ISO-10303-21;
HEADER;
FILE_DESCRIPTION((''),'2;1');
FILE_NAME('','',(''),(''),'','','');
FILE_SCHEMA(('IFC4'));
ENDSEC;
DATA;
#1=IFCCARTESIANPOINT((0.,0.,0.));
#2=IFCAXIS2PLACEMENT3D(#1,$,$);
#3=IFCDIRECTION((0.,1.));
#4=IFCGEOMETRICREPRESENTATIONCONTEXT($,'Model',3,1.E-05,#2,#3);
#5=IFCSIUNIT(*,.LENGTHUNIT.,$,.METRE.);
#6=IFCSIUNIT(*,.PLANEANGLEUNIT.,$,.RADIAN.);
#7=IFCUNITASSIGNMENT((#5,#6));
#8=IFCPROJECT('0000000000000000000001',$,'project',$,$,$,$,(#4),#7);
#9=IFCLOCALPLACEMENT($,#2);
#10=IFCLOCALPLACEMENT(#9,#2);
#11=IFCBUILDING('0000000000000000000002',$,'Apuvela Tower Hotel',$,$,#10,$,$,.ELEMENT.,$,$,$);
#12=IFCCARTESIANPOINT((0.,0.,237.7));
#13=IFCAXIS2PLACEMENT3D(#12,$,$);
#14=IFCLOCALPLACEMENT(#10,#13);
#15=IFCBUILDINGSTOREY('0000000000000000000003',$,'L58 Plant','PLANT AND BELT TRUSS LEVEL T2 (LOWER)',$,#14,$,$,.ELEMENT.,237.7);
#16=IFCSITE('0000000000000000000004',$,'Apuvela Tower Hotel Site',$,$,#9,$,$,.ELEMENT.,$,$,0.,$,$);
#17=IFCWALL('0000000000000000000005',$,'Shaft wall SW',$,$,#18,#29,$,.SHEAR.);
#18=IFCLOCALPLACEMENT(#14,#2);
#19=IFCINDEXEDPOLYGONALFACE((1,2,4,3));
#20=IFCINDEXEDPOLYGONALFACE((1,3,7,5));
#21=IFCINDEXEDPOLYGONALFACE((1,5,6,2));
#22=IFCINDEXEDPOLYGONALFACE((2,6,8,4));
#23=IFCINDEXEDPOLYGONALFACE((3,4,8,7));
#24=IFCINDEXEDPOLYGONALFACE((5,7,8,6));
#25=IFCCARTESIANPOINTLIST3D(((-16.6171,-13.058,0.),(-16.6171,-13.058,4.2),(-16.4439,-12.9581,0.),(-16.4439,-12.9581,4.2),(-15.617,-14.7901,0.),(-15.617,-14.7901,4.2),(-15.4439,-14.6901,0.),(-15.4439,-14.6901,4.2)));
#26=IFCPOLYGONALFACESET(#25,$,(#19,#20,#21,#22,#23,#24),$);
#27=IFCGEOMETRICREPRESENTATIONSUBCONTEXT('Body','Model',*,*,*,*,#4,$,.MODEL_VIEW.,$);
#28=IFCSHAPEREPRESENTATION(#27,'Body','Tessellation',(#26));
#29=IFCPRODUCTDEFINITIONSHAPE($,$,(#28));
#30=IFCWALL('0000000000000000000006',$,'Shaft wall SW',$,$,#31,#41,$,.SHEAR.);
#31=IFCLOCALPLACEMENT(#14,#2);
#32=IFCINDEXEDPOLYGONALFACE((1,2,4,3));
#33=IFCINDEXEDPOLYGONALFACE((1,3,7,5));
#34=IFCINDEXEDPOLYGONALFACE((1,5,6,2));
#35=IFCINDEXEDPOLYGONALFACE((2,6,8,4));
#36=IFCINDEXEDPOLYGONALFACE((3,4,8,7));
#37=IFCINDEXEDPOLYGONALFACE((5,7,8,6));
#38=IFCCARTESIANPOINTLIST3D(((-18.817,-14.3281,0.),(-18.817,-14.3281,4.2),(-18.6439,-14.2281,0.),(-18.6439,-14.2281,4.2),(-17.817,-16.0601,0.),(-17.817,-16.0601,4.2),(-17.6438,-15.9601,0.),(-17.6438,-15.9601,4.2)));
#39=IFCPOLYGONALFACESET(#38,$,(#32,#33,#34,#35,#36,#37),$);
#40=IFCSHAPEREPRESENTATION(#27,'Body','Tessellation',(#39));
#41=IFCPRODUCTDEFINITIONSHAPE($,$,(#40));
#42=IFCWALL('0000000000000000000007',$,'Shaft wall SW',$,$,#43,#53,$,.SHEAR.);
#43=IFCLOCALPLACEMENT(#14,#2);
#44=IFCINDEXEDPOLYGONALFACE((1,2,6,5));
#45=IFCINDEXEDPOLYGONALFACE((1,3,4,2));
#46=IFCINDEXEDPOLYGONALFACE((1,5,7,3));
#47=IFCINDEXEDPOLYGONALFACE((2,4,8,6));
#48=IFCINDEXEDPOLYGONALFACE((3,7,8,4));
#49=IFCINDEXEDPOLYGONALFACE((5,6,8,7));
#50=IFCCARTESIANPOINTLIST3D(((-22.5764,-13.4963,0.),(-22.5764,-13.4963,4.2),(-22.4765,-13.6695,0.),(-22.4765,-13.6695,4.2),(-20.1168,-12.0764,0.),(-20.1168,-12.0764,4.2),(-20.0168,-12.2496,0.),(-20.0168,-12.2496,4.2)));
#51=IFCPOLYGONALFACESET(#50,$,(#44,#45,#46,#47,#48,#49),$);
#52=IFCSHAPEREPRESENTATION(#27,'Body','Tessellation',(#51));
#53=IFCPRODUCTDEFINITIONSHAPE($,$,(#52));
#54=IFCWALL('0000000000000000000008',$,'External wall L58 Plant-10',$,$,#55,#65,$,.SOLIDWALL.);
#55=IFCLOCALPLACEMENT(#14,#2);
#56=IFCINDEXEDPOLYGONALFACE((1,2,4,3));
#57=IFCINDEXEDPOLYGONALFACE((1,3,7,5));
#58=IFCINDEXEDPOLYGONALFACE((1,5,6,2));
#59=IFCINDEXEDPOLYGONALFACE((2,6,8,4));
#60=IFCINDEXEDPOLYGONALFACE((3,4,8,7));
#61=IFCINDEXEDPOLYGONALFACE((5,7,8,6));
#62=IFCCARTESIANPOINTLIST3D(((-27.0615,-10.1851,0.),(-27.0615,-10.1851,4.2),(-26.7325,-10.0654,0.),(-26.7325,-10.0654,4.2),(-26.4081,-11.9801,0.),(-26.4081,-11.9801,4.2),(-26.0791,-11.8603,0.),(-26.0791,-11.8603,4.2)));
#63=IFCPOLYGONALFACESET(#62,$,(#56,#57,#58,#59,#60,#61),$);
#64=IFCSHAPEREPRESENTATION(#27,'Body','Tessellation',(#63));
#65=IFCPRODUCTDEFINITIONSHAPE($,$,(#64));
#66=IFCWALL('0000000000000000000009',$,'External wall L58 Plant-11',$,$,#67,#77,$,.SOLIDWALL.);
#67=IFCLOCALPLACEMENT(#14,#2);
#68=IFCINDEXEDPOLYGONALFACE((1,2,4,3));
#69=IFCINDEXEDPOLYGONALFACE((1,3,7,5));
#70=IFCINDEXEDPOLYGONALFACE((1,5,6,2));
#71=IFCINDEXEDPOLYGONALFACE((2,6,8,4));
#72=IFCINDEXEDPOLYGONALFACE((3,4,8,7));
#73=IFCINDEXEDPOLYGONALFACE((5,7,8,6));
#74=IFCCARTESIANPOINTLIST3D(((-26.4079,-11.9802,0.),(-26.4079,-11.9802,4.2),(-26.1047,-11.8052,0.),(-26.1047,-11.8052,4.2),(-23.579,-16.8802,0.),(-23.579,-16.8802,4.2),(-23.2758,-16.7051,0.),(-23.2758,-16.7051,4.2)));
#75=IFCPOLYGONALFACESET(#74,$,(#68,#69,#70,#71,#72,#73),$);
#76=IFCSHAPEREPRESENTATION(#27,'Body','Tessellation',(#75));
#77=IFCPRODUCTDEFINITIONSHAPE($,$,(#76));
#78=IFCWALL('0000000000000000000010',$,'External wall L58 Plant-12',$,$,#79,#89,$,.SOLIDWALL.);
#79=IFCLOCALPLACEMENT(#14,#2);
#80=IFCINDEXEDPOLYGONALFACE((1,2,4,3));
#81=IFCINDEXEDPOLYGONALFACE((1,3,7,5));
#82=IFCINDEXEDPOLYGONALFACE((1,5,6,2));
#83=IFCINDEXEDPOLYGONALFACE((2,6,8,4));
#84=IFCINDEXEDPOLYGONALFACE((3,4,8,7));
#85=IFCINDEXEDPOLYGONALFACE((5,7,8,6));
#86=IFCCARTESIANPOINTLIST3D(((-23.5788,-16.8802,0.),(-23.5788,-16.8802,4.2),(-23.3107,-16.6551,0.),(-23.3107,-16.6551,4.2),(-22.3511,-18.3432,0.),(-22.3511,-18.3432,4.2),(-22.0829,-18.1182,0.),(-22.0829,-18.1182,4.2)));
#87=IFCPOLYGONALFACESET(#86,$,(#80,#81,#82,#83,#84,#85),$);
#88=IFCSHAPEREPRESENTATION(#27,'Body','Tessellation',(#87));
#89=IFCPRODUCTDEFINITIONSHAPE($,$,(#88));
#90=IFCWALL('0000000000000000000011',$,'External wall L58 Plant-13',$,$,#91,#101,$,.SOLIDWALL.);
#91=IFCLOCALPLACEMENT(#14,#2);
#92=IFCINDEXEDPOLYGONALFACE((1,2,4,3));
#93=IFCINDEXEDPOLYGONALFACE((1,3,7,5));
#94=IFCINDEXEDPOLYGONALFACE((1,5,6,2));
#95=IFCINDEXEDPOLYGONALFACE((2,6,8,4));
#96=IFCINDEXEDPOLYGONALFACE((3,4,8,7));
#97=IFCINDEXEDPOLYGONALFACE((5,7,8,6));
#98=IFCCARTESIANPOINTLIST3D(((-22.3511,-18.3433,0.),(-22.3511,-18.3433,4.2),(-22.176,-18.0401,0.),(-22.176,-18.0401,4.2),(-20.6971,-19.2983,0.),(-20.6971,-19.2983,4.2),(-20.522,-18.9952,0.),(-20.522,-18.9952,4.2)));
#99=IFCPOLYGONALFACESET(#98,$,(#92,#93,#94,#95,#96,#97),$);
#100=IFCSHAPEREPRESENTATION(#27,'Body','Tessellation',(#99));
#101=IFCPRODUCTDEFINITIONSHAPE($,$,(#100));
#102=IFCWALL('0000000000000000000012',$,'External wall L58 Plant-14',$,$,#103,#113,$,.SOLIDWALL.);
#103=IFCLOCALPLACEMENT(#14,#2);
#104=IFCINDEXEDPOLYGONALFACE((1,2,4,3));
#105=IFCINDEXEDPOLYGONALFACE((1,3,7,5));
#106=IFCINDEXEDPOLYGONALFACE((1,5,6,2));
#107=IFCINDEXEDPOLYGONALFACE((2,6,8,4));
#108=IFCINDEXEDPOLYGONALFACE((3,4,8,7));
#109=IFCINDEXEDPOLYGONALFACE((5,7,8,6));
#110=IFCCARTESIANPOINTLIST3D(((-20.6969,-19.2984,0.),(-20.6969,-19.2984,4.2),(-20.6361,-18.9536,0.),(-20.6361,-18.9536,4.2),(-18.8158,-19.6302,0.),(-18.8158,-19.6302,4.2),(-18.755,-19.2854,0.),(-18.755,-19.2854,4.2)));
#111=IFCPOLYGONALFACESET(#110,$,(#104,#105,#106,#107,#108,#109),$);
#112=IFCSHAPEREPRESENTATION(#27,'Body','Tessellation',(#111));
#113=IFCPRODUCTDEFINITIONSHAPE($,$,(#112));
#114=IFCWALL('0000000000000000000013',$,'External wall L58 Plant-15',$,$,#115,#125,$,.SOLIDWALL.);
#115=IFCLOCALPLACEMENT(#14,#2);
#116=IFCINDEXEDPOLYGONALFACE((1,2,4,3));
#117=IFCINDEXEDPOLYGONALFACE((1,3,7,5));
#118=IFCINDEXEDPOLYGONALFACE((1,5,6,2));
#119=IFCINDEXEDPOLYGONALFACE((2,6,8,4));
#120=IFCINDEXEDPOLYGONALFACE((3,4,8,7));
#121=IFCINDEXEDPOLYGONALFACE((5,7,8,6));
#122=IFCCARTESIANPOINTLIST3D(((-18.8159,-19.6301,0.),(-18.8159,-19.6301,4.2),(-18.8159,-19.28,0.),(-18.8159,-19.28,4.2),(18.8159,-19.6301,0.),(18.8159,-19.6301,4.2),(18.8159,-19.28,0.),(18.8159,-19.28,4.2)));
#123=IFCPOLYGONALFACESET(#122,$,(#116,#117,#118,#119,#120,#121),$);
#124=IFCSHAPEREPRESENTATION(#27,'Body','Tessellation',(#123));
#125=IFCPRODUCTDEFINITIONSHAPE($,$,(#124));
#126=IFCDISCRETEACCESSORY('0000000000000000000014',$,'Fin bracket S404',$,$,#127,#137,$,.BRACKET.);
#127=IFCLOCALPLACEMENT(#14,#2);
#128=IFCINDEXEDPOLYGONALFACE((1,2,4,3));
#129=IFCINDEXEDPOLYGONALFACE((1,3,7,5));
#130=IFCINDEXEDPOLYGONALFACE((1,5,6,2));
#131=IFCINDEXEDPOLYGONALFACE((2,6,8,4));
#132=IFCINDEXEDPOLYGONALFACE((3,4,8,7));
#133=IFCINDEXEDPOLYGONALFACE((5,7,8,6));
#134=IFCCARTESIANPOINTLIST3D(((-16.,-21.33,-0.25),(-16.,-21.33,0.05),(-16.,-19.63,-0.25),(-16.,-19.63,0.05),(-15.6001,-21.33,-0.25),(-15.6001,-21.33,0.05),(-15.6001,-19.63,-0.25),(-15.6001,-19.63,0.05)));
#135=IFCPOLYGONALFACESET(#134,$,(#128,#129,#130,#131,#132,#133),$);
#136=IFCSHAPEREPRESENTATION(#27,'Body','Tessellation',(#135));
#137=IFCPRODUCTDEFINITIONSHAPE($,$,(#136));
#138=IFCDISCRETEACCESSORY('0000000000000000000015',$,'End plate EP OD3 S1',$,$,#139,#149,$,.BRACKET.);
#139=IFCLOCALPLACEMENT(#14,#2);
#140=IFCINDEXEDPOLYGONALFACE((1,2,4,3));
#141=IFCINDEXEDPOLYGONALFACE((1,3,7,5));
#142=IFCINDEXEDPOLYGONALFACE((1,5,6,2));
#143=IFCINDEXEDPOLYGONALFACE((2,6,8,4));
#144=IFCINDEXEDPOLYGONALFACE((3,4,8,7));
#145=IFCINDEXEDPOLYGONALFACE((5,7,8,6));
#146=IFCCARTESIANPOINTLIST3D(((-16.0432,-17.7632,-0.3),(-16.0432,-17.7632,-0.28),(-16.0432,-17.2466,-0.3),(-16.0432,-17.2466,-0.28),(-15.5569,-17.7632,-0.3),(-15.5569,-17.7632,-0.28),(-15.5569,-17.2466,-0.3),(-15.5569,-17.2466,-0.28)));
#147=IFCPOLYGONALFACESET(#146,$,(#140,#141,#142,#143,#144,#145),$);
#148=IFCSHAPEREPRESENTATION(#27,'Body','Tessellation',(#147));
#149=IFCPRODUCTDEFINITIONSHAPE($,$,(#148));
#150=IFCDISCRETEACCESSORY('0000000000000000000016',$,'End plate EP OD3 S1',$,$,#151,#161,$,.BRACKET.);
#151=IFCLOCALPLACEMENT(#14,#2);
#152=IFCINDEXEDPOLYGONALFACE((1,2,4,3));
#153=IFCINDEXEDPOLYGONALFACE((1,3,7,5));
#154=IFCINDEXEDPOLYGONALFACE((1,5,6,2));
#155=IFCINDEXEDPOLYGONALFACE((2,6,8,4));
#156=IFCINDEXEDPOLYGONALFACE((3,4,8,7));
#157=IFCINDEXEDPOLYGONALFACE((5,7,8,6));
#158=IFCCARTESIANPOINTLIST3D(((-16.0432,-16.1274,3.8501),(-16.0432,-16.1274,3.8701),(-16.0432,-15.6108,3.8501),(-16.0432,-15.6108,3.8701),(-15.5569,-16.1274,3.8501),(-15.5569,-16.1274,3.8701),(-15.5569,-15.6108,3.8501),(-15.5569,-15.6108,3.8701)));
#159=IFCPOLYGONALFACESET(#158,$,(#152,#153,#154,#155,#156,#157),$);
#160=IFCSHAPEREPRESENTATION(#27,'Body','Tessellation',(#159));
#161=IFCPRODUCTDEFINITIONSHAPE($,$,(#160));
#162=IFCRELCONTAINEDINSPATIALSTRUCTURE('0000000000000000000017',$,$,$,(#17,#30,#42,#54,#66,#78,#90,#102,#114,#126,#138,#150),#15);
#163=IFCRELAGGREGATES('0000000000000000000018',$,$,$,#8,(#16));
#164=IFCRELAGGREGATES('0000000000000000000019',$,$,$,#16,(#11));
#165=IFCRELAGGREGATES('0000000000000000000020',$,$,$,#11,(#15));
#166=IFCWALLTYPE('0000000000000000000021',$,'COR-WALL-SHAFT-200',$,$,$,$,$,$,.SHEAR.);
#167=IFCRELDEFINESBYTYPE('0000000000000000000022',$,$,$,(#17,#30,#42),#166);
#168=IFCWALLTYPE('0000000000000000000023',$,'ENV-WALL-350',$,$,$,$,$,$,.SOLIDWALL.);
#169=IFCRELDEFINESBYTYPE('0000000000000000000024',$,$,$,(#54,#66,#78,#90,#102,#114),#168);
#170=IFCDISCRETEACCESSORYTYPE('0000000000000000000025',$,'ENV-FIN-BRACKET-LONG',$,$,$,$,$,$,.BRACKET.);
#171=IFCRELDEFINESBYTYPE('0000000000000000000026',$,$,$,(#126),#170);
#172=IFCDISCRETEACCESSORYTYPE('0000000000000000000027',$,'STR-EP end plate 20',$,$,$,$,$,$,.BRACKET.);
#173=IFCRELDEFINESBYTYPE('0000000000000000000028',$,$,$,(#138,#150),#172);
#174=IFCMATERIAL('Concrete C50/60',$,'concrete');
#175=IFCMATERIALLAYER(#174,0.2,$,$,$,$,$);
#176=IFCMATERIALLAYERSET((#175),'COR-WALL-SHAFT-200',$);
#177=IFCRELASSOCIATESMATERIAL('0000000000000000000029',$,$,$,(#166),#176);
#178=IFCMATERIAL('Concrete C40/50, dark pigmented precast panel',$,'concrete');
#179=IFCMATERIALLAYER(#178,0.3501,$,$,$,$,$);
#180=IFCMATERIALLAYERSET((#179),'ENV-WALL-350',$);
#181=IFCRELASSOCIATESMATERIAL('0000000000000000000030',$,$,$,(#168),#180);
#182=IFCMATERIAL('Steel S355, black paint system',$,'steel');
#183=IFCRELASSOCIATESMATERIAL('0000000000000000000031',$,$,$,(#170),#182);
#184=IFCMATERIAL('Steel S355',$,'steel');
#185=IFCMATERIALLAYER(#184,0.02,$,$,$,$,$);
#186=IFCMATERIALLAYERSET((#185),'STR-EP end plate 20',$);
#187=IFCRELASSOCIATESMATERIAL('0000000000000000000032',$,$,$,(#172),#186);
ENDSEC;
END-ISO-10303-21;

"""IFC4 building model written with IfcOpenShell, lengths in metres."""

from ifc_helpers import new_model, si_unit, direction, frame, frame_2d, origin, origin_2d, place, context, subcontext, project, spatial, rectangle, extrude, material, layer, layer_set, type_object, element, save


model = new_model("IFC4")

# Units and contexts
model_context = context("Model", 3, precision=1e-05, world=origin(), true_north=direction((0.0, 1.0)))
body_context = subcontext(model_context, "Body", "Model", "MODEL_VIEW")
ifc_project = project(units=[si_unit("LENGTHUNIT", "METRE"), si_unit("PLANEANGLEUNIT", "RADIAN")], contexts=[model_context])

# Site, building, storey
site_placement = place(None, origin())
site = spatial("IfcSite", under=ifc_project, at=site_placement, Name="Apuvela Tower Hotel Site", CompositionType="ELEMENT", RefElevation=0.0)
building_placement = place(site_placement, origin())
building = spatial("IfcBuilding", under=site, at=building_placement, Name="Apuvela Tower Hotel", CompositionType="ELEMENT")
storey_placement = place(building_placement, frame((0.0, 0.0, 237.7)))
storey = spatial("IfcBuildingStorey", under=building, at=storey_placement, Name="L58 Plant", Description="PLANT AND BELT TRUSS LEVEL T2 (LOWER)", CompositionType="ELEMENT", Elevation=237.7)

# Shared definitions
ifc_material_1 = material(Name="Steel S355", Category="steel")

# Shared definitions
ifc_material_2 = material(Name="Concrete C50/60", Category="concrete")
ifc_layer_1 = layer(ifc_material_2, 0.2)
ifc_layer_set_1 = layer_set([ifc_layer_1], Name="COR-WALL-SHAFT-200")
wall_type_1 = type_object("IfcWallType", Name="COR-WALL-SHAFT-200", PredefinedType="SHEAR", material=ifc_layer_set_1)

# Walls
for number, where, z_axis, x_axis, name in (
    (1, (-16.5305, -13.0081, 0.0), (0.0, 0.0, 1.0), (0.500025, -0.866011, 0.0), "Shaft wall SW"),
    (2, (-18.7305, -14.2781, 0.0), (0.0, 0.0, 1.0), (0.500025, -0.866011, 0.0), "Shaft wall SW"),
):
    element("IfcWall", number, at=place(storey_placement, frame(where, z_axis=z_axis, x_axis=x_axis)), inside=storey, type_object=wall_type_1, Name=name, PredefinedType="SHEAR", context=body_context, shape_type="SweptSolid", body=[
        extrude(rectangle(XDim=2.0, YDim=0.2, at=frame_2d((1.0, 0.0))), origin(), (0.0, 0.0, 1.0), 4.2),
    ])
wall_1_placement = place(storey_placement, frame((-20.0669, -12.1631, 0.0), z_axis=(0.0, 0.0, 1.0), x_axis=(-0.866055, -0.499948, 0.0)))
element("IfcWall", 3, at=wall_1_placement, inside=storey, type_object=wall_type_1, Name="Shaft wall SW", PredefinedType="SHEAR", context=body_context, shape_type="SweptSolid", body=[
    extrude(rectangle(XDim=2.8401, YDim=0.2, at=frame_2d((1.4199, 0.0))), origin(), (0.0, 0.0, 1.0), 4.2),
])
ifc_material_3 = material(Name="Concrete C40/50, dark pigmented precast panel", Category="concrete")
ifc_layer_2 = layer(ifc_material_3, 0.3501)
ifc_layer_set_2 = layer_set([ifc_layer_2], Name="ENV-WALL-350")
wall_type_2 = type_object("IfcWallType", Name="ENV-WALL-350", PredefinedType="SOLIDWALL", material=ifc_layer_set_2)
wall_2_placement = place(storey_placement, frame((-26.897, -10.1252, 0.0), z_axis=(0.0, 0.0, 1.0), x_axis=(0.34203, -0.939689, 0.0)))
element("IfcWall", 4, at=wall_2_placement, inside=storey, type_object=wall_type_2, Name="External wall L58 Plant-10", PredefinedType="SOLIDWALL", context=body_context, shape_type="SweptSolid", body=[
    extrude(rectangle(XDim=1.9102, YDim=0.3501, at=frame_2d((0.9551, 0.0))), origin(), (0.0, 0.0, 1.0), 4.2),
])
wall_3_placement = place(storey_placement, frame((-26.2563, -11.8926, 0.0), z_axis=(0.0, 0.0, 1.0), x_axis=(0.499986, -0.866033, 0.0)))
element("IfcWall", 5, at=wall_3_placement, inside=storey, type_object=wall_type_2, Name="External wall L58 Plant-11", PredefinedType="SOLIDWALL", context=body_context, shape_type="SweptSolid", body=[
    extrude(rectangle(XDim=5.658, YDim=0.3501, at=frame_2d((2.8291, 0.0))), origin(), (0.0, 0.0, 1.0), 4.2),
])
for number, where, z_axis, x_axis, name in (
    (6, (-23.4448, -16.7676, 0.0), (0.0, 0.0, 1.0), (0.642808, -0.766027, 0.0), "External wall L58 Plant-12"),
    (7, (-22.2637, -18.1917, 0.0), (0.0, 0.0, 1.0), (0.866, -0.500043, 0.0), "External wall L58 Plant-13"),
):
    element("IfcWall", number, at=place(storey_placement, frame(where, z_axis=z_axis, x_axis=x_axis)), inside=storey, type_object=wall_type_2, Name=name, PredefinedType="SOLIDWALL", context=body_context, shape_type="SweptSolid", body=[
        extrude(rectangle(XDim=1.9099, YDim=0.3501, at=frame_2d((0.9551, 0.0))), origin(), (0.0, 0.0, 1.0), 4.2),
    ])
wall_4_placement = place(storey_placement, frame((-20.6665, -19.126, 0.0), z_axis=(0.0, 0.0, 1.0), x_axis=(0.984799, -0.173698, 0.0)))
element("IfcWall", 8, at=wall_4_placement, inside=storey, type_object=wall_type_2, Name="External wall L58 Plant-14", PredefinedType="SOLIDWALL", context=body_context, shape_type="SweptSolid", body=[
    extrude(rectangle(XDim=1.9102, YDim=0.3501, at=frame_2d((0.9551, 0.0))), origin(), (0.0, 0.0, 1.0), 4.2),
])
wall_5_placement = place(storey_placement, frame((-18.8159, -19.4551, 0.0), z_axis=(0.0, 0.0, 1.0), x_axis=(1.0, 0.0, 0.0)))
element("IfcWall", 9, at=wall_5_placement, inside=storey, type_object=wall_type_2, Name="External wall L58 Plant-15", PredefinedType="SOLIDWALL", context=body_context, shape_type="SweptSolid", body=[
    extrude(rectangle(XDim=37.6318, YDim=0.3501, at=frame_2d((18.8159, 0.0))), origin(), (0.0, 0.0, 1.0), 4.2),
])

# Discrete accessories
ifc_material_4 = material(Name="Steel S355, black paint system", Category="steel")
discrete_accessory_type_1 = type_object("IfcDiscreteAccessoryType", Name="ENV-FIN-BRACKET-LONG", PredefinedType="BRACKET", material=ifc_material_4)
discrete_accessory_placement = place(storey_placement, frame((-15.8, -20.48, -0.25), z_axis=(0.0, 0.0, 1.0), x_axis=(1.0, 0.0, 0.0)))
element("IfcDiscreteAccessory", 10, at=discrete_accessory_placement, inside=storey, type_object=discrete_accessory_type_1, Name="Fin bracket S404", PredefinedType="BRACKET", context=body_context, shape_type="SweptSolid", body=[
    extrude(rectangle(XDim=0.3999, YDim=1.7, at=origin_2d()), origin(), (0.0, 0.0, 1.0), 0.3),
])
ifc_layer_3 = layer(ifc_material_1, 0.02)
ifc_layer_set_3 = layer_set([ifc_layer_3], Name="STR-EP end plate 20")
discrete_accessory_type_2 = type_object("IfcDiscreteAccessoryType", Name="STR-EP end plate 20", PredefinedType="BRACKET", material=ifc_layer_set_3)
for number, where, z_axis, x_axis, name in (
    (11, (-15.8, -17.5049, -0.3), (0.0, 0.0, 1.0), (0.0, 1.0, 0.0), "End plate EP OD3 S1"),
    (12, (-15.8, -15.8691, 3.8501), (0.0, 0.0, 1.0), (0.0, 1.0, 0.0), "End plate EP OD3 S1"),
):
    element("IfcDiscreteAccessory", number, at=place(storey_placement, frame(where, z_axis=z_axis, x_axis=x_axis)), inside=storey, type_object=discrete_accessory_type_2, Name=name, PredefinedType="BRACKET", context=body_context, shape_type="SweptSolid", body=[
        extrude(rectangle(XDim=0.5166, YDim=0.4863, at=origin_2d()), origin(), (0.0, 0.0, 1.0), 0.02),
    ])

save(model, "model.ifc")
